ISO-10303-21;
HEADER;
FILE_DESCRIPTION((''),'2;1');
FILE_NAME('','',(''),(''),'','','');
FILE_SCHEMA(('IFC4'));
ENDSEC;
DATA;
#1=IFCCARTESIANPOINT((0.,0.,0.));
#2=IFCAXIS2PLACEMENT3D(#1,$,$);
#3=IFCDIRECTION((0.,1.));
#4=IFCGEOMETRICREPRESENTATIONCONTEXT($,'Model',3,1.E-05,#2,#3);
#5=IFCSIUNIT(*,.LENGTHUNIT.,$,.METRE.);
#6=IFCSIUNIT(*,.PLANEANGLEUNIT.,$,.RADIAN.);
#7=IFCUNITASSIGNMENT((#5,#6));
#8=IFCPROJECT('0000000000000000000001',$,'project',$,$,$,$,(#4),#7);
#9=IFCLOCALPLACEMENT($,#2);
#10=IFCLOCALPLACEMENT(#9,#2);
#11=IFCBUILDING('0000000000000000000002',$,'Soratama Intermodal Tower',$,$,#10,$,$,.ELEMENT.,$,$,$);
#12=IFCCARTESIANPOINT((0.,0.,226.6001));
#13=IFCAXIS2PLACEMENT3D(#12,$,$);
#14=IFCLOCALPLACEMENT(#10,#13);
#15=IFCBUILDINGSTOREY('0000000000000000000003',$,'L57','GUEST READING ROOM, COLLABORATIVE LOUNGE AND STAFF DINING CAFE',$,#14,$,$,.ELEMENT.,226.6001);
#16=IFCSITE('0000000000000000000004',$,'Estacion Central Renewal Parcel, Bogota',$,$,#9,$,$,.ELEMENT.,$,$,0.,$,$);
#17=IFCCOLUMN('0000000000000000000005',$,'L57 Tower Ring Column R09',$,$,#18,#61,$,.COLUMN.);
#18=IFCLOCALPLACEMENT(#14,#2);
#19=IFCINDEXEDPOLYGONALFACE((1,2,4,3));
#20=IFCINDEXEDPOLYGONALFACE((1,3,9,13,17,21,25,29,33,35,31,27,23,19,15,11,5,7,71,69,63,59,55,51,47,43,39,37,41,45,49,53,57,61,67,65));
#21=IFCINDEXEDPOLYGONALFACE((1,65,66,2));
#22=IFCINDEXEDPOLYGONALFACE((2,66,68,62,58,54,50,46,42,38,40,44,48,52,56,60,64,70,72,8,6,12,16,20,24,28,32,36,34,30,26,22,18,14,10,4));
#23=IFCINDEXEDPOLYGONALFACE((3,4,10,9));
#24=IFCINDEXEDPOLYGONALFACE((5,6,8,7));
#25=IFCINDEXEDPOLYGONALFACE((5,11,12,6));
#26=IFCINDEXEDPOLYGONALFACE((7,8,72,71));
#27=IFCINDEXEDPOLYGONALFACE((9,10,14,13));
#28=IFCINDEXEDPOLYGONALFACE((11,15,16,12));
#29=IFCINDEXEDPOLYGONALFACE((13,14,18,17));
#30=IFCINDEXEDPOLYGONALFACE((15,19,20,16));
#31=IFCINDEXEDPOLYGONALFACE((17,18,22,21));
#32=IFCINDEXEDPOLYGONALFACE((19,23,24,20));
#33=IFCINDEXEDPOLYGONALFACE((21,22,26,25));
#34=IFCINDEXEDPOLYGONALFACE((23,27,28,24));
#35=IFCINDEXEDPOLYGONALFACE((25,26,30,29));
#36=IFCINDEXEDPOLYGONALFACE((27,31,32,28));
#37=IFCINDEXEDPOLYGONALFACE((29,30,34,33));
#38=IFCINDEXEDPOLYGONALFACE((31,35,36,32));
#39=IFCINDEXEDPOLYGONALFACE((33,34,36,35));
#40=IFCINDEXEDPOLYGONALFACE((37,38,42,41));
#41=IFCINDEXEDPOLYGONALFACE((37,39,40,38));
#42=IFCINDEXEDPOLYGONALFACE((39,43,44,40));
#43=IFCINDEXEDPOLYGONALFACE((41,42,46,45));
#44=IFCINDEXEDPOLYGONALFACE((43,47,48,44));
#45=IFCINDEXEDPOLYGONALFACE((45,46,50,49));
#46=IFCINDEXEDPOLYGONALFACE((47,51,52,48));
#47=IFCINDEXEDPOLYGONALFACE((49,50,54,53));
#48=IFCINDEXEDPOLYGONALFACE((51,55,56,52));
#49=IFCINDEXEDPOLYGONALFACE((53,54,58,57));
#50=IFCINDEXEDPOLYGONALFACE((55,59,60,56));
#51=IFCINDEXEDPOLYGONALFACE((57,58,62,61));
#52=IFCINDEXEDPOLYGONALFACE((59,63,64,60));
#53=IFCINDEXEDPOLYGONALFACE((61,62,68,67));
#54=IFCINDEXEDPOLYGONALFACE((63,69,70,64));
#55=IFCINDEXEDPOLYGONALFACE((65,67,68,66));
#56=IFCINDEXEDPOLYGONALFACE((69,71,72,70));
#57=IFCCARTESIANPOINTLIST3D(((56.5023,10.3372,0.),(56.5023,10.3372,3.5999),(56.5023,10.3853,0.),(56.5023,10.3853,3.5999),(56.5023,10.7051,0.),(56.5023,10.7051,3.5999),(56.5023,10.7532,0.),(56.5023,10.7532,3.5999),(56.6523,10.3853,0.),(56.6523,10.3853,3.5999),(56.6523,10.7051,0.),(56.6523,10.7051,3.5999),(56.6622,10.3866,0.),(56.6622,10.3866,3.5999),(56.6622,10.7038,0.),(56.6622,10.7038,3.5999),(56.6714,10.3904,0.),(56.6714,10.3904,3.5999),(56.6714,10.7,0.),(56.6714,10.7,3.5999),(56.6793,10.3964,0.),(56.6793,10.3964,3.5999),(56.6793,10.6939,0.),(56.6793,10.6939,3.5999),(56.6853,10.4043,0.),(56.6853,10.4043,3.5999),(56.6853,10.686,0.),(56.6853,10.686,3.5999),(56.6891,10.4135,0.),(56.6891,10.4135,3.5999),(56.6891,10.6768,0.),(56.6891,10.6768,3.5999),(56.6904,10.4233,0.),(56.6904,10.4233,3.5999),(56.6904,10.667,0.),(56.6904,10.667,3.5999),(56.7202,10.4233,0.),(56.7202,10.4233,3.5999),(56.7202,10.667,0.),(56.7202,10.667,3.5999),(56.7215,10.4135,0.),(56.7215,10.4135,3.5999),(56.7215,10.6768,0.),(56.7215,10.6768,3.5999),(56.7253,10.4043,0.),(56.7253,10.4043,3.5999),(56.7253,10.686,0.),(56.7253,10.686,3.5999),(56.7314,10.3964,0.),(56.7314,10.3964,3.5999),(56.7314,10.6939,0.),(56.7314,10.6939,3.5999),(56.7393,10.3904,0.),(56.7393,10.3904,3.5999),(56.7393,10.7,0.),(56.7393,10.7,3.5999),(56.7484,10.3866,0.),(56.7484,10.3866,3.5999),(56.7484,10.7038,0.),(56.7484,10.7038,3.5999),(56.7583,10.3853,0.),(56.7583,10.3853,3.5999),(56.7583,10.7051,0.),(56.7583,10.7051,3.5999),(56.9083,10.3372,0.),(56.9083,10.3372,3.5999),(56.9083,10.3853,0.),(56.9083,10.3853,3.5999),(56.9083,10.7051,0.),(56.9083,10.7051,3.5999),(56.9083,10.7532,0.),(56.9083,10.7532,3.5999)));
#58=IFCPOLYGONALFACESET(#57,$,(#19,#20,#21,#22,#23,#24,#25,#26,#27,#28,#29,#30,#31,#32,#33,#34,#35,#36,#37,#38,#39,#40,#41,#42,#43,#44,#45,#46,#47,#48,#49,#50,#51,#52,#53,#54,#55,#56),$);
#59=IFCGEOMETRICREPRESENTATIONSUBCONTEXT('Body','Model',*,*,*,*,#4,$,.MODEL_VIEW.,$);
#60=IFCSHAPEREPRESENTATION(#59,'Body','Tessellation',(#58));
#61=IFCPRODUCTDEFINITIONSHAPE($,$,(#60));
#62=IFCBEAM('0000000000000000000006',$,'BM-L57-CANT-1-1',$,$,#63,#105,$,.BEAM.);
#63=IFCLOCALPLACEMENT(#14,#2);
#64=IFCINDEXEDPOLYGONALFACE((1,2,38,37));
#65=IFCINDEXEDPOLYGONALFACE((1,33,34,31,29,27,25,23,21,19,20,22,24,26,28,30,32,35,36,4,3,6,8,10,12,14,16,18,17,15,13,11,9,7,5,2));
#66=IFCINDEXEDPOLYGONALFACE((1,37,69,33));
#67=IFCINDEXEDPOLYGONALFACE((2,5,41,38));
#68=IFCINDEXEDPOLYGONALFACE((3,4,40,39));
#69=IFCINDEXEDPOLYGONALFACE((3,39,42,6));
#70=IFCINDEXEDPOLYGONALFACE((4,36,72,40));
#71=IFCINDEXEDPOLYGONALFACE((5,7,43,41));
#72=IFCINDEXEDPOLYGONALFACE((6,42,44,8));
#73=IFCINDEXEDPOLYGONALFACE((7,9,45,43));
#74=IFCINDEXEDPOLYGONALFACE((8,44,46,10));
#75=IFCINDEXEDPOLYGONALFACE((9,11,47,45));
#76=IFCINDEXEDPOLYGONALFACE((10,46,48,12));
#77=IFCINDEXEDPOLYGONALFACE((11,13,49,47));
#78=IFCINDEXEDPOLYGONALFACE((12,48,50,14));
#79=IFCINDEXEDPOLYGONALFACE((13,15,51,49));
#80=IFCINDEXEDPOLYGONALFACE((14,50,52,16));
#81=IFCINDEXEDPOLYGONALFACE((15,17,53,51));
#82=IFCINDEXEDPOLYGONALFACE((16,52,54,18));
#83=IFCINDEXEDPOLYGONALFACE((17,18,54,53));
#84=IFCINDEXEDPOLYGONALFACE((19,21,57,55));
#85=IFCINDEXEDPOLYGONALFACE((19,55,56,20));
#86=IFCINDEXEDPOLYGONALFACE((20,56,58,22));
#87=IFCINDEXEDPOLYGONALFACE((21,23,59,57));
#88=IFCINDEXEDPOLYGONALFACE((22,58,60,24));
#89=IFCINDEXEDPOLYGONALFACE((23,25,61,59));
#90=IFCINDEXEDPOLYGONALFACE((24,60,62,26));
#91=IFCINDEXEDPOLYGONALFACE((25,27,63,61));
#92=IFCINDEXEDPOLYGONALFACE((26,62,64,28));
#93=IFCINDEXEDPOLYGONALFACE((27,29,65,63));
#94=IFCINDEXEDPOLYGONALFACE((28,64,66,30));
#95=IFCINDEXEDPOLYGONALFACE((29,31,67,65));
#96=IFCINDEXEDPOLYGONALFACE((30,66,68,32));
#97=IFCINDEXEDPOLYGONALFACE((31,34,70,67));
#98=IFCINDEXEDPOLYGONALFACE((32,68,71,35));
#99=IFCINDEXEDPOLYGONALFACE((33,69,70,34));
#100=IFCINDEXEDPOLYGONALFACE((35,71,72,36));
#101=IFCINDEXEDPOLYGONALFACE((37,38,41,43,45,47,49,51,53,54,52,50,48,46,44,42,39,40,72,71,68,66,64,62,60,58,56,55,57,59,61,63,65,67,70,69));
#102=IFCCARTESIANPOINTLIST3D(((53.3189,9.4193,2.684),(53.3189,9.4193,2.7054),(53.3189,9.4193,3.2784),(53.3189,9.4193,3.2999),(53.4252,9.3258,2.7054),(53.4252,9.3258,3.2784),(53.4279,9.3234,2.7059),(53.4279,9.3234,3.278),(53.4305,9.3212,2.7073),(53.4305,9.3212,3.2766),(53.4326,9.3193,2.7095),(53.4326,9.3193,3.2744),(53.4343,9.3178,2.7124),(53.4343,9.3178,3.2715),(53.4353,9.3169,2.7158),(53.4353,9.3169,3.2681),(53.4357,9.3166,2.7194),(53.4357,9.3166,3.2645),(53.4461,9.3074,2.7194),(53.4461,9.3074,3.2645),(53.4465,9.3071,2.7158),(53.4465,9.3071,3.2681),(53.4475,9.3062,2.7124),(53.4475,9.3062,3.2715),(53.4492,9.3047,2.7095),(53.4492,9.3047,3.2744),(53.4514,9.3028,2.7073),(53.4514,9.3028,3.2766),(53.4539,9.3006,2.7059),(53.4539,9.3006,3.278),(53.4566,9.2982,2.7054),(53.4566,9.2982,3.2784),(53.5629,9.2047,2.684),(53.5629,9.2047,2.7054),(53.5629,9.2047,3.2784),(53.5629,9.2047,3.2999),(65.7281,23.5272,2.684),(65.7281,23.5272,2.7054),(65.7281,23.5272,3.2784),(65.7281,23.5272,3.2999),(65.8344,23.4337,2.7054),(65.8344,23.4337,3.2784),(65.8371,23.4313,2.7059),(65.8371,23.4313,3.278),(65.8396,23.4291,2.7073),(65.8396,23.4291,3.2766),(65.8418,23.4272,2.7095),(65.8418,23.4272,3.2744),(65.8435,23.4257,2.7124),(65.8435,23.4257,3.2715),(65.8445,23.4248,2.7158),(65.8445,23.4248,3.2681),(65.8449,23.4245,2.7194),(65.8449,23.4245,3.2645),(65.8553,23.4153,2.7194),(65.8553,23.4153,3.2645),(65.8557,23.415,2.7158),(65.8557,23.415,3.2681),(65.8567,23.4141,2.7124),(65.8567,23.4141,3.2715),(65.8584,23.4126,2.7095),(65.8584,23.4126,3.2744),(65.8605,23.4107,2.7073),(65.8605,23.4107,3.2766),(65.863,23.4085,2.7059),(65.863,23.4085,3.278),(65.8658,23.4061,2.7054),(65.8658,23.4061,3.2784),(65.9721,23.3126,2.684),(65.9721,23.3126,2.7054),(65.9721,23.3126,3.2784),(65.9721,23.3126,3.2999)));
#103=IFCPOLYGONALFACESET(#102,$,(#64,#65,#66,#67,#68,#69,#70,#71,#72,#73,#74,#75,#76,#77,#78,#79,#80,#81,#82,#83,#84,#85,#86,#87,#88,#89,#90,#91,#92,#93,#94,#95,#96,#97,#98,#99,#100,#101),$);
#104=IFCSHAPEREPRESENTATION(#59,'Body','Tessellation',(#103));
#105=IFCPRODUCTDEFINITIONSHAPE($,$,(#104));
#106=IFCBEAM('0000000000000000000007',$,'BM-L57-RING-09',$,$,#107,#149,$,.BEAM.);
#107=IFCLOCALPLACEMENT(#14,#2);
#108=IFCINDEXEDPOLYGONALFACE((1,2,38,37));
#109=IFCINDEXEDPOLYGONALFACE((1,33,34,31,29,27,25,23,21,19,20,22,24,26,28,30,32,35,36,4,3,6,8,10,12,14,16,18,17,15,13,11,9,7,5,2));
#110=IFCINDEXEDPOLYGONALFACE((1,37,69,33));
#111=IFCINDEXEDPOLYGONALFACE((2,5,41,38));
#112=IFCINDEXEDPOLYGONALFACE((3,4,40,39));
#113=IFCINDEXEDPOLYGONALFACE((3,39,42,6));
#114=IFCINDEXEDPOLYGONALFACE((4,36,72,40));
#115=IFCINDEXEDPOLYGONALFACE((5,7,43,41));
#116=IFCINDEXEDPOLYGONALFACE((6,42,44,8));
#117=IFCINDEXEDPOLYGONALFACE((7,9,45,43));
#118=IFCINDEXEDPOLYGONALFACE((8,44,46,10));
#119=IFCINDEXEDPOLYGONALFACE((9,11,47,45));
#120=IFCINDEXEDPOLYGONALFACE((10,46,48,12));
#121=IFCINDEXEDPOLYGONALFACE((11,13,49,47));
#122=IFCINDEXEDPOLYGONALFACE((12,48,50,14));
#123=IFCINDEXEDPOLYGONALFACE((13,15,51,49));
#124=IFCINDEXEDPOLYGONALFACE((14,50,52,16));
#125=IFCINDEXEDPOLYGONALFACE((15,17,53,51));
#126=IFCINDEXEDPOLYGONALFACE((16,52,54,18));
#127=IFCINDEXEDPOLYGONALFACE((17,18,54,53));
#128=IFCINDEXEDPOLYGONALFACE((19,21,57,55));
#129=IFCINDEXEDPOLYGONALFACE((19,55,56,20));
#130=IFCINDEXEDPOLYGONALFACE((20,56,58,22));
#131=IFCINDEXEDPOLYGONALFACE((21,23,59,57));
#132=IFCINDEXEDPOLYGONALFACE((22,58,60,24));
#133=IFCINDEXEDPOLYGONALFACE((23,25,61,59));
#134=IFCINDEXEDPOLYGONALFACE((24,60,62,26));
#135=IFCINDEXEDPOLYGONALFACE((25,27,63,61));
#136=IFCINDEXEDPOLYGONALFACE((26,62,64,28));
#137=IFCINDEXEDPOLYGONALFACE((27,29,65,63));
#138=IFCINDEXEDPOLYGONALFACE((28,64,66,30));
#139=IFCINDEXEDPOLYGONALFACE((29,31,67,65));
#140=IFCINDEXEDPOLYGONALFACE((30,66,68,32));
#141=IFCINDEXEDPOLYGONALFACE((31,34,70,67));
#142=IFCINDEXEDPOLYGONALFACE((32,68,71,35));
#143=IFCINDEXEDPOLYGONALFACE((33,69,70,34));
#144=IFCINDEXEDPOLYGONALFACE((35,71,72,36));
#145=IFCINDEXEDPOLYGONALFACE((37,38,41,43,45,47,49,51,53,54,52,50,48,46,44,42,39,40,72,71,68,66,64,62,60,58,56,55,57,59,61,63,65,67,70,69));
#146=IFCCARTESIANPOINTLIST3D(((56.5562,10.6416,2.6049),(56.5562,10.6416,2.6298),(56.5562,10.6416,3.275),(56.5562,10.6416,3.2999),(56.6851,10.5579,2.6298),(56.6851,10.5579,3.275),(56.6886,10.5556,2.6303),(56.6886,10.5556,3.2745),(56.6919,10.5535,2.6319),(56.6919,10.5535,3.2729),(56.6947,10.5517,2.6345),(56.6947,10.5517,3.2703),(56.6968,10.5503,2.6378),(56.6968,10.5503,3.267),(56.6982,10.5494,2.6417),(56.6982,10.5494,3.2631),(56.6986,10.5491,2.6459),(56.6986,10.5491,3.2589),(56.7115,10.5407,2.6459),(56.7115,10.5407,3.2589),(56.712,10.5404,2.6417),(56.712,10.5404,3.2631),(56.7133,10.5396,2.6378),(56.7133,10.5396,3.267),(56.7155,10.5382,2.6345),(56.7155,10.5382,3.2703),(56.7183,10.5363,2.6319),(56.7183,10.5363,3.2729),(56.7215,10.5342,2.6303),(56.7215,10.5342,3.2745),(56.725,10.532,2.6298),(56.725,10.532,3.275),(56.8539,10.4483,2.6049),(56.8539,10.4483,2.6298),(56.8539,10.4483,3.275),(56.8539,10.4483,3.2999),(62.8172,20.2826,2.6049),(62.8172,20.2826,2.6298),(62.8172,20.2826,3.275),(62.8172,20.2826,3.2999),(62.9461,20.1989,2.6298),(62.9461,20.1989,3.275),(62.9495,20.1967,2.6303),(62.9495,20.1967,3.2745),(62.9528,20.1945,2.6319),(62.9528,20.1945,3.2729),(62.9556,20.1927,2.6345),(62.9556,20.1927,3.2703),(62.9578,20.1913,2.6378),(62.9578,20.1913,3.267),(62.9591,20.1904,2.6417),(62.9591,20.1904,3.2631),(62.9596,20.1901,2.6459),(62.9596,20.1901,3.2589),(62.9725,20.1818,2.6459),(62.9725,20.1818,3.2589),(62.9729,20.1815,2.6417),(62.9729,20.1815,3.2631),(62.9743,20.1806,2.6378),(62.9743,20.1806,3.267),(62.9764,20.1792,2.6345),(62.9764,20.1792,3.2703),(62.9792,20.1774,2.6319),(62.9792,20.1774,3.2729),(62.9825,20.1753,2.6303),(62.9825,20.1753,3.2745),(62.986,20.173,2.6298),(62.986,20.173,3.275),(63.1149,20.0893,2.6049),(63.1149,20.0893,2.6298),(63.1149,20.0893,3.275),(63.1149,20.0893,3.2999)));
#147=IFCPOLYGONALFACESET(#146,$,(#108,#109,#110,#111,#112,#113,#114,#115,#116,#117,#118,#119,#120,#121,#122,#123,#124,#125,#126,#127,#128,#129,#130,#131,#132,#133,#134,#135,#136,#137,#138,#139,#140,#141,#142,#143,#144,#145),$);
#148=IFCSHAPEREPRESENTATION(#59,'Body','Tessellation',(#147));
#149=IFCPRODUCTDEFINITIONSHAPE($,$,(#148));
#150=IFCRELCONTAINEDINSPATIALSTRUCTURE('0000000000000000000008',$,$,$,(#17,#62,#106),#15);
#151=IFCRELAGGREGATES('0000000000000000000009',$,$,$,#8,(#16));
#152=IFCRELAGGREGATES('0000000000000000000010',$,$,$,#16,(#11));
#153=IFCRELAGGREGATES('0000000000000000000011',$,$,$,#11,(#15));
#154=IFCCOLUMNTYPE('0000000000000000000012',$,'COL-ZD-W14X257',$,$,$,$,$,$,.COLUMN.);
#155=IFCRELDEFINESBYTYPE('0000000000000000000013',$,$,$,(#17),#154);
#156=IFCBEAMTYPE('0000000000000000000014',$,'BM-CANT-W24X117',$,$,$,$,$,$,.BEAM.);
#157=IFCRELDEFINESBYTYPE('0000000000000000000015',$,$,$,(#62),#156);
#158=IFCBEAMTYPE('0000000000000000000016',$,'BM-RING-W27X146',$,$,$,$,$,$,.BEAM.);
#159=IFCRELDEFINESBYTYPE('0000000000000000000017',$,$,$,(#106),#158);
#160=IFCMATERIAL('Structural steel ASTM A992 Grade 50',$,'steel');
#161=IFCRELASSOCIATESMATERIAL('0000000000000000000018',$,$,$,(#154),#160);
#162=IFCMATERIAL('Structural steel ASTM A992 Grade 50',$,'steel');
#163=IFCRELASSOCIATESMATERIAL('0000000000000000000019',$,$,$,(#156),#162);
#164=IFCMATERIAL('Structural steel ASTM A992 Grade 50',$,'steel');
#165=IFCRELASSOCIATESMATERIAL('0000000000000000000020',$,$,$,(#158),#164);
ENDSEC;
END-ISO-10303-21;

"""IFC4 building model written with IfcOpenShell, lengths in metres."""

from ifc_helpers import new_model, si_unit, direction, frame, origin, origin_2d, place, context, subcontext, project, spatial, i_section, extrude, material, material_profile, profile_set, type_object, element, save


model = new_model("IFC4")

# Units and contexts
model_context = context("Model", 3, precision=1e-05, world=origin(), true_north=direction((0.0, 1.0)))
body_context = subcontext(model_context, "Body", "Model", "MODEL_VIEW")
ifc_project = project(units=[si_unit("LENGTHUNIT", "METRE"), si_unit("PLANEANGLEUNIT", "RADIAN")], contexts=[model_context])

# Site, building, storey
site_placement = place(None, origin())
site = spatial("IfcSite", under=ifc_project, at=site_placement, Name="Estacion Central Renewal Parcel, Bogota", CompositionType="ELEMENT", RefElevation=0.0)
building_placement = place(site_placement, origin())
building = spatial("IfcBuilding", under=site, at=building_placement, Name="Soratama Intermodal Tower", CompositionType="ELEMENT")
storey_placement = place(building_placement, frame((0.0, 0.0, 226.6001)))
storey = spatial("IfcBuildingStorey", under=building, at=storey_placement, Name="L57", Description="GUEST READING ROOM, COLLABORATIVE LOUNGE AND STAFF DINING CAFE", CompositionType="ELEMENT", Elevation=226.6001)

# Column
ifc_material_1 = material(Name="Structural steel ASTM A992 Grade 50", Category="steel")
ifc_material_profile_1 = material_profile(ifc_material_1, i_section(OverallWidth=0.406, OverallDepth=0.416, WebThickness=0.0298, FlangeThickness=0.0481, FilletRadius=0.0381, at=origin_2d()), Name="W14X257")
ifc_profile_set_1 = profile_set([ifc_material_profile_1], Name="Structural steel ASTM A992 Grade 50")
column_type = type_object("IfcColumnType", Name="COL-ZD-W14X257", PredefinedType="COLUMN", material=ifc_profile_set_1)
column_placement = place(storey_placement, frame((56.7053, 10.5452, 0.0), z_axis=(0.0, 0.0, 1.0), x_axis=(1.0, 0.0, 0.0)))
element("IfcColumn", 1, at=column_placement, inside=storey, type_object=column_type, Name="L57 Tower Ring Column R09", PredefinedType="COLUMN", context=body_context, shape_type="SweptSolid", body=[
    extrude(i_section(OverallWidth=0.406, OverallDepth=0.416, WebThickness=0.0298, FlangeThickness=0.0481, FilletRadius=0.0381, at=origin_2d()), origin(), (0.0, 0.0, 1.0), 3.5999),
])

# Beams
ifc_material_2 = material(Name="Structural steel ASTM A992 Grade 50", Category="steel")
ifc_material_profile_2 = material_profile(ifc_material_2, i_section(OverallWidth=0.325, OverallDepth=0.616, WebThickness=0.0139, FlangeThickness=0.0215, FilletRadius=0.0139, at=origin_2d()), Name="W24X117")
ifc_profile_set_2 = profile_set([ifc_material_profile_2], Name="Structural steel ASTM A992 Grade 50")
beam_type_1 = type_object("IfcBeamType", Name="BM-CANT-W24X117", PredefinedType="BEAM", material=ifc_profile_set_2)
beam_1_placement = place(storey_placement, frame((53.4409, 9.312, 2.9919), z_axis=(0.660454, 0.750866, 0.0), x_axis=(-0.750866, 0.660454, 0.0)))
element("IfcBeam", 2, at=beam_1_placement, inside=storey, type_object=beam_type_1, Name="BM-L57-CANT-1-1", PredefinedType="BEAM", context=body_context, shape_type="SweptSolid", body=[
    extrude(i_section(OverallWidth=0.325, OverallDepth=0.616, WebThickness=0.0139, FlangeThickness=0.0215, FilletRadius=0.0139, at=origin_2d()), origin(), (0.0, 0.0, 1.0), 18.7888),
])
ifc_material_3 = material(Name="Structural steel ASTM A992 Grade 50", Category="steel")
ifc_material_profile_3 = material_profile(ifc_material_3, i_section(OverallWidth=0.355, OverallDepth=0.6951, WebThickness=0.0154, FlangeThickness=0.0249, FilletRadius=0.0161, at=origin_2d()), Name="W27X146")
ifc_profile_set_3 = profile_set([ifc_material_profile_3], Name="Structural steel ASTM A992 Grade 50")
beam_type_2 = type_object("IfcBeamType", Name="BM-RING-W27X146", PredefinedType="BEAM", material=ifc_profile_set_3)
beam_2_placement = place(storey_placement, frame((56.7051, 10.5449, 2.9524), z_axis=(0.544637, 0.838672, 0.0), x_axis=(-0.838672, 0.544637, 0.0)))
element("IfcBeam", 3, at=beam_2_placement, inside=storey, type_object=beam_type_2, Name="BM-L57-RING-09", PredefinedType="BEAM", context=body_context, shape_type="SweptSolid", body=[
    extrude(i_section(OverallWidth=0.355, OverallDepth=0.6951, WebThickness=0.0154, FlangeThickness=0.0249, FilletRadius=0.0161, at=origin_2d()), origin(), (0.0, 0.0, 1.0), 11.4956),
])

save(model, "model.ifc")
